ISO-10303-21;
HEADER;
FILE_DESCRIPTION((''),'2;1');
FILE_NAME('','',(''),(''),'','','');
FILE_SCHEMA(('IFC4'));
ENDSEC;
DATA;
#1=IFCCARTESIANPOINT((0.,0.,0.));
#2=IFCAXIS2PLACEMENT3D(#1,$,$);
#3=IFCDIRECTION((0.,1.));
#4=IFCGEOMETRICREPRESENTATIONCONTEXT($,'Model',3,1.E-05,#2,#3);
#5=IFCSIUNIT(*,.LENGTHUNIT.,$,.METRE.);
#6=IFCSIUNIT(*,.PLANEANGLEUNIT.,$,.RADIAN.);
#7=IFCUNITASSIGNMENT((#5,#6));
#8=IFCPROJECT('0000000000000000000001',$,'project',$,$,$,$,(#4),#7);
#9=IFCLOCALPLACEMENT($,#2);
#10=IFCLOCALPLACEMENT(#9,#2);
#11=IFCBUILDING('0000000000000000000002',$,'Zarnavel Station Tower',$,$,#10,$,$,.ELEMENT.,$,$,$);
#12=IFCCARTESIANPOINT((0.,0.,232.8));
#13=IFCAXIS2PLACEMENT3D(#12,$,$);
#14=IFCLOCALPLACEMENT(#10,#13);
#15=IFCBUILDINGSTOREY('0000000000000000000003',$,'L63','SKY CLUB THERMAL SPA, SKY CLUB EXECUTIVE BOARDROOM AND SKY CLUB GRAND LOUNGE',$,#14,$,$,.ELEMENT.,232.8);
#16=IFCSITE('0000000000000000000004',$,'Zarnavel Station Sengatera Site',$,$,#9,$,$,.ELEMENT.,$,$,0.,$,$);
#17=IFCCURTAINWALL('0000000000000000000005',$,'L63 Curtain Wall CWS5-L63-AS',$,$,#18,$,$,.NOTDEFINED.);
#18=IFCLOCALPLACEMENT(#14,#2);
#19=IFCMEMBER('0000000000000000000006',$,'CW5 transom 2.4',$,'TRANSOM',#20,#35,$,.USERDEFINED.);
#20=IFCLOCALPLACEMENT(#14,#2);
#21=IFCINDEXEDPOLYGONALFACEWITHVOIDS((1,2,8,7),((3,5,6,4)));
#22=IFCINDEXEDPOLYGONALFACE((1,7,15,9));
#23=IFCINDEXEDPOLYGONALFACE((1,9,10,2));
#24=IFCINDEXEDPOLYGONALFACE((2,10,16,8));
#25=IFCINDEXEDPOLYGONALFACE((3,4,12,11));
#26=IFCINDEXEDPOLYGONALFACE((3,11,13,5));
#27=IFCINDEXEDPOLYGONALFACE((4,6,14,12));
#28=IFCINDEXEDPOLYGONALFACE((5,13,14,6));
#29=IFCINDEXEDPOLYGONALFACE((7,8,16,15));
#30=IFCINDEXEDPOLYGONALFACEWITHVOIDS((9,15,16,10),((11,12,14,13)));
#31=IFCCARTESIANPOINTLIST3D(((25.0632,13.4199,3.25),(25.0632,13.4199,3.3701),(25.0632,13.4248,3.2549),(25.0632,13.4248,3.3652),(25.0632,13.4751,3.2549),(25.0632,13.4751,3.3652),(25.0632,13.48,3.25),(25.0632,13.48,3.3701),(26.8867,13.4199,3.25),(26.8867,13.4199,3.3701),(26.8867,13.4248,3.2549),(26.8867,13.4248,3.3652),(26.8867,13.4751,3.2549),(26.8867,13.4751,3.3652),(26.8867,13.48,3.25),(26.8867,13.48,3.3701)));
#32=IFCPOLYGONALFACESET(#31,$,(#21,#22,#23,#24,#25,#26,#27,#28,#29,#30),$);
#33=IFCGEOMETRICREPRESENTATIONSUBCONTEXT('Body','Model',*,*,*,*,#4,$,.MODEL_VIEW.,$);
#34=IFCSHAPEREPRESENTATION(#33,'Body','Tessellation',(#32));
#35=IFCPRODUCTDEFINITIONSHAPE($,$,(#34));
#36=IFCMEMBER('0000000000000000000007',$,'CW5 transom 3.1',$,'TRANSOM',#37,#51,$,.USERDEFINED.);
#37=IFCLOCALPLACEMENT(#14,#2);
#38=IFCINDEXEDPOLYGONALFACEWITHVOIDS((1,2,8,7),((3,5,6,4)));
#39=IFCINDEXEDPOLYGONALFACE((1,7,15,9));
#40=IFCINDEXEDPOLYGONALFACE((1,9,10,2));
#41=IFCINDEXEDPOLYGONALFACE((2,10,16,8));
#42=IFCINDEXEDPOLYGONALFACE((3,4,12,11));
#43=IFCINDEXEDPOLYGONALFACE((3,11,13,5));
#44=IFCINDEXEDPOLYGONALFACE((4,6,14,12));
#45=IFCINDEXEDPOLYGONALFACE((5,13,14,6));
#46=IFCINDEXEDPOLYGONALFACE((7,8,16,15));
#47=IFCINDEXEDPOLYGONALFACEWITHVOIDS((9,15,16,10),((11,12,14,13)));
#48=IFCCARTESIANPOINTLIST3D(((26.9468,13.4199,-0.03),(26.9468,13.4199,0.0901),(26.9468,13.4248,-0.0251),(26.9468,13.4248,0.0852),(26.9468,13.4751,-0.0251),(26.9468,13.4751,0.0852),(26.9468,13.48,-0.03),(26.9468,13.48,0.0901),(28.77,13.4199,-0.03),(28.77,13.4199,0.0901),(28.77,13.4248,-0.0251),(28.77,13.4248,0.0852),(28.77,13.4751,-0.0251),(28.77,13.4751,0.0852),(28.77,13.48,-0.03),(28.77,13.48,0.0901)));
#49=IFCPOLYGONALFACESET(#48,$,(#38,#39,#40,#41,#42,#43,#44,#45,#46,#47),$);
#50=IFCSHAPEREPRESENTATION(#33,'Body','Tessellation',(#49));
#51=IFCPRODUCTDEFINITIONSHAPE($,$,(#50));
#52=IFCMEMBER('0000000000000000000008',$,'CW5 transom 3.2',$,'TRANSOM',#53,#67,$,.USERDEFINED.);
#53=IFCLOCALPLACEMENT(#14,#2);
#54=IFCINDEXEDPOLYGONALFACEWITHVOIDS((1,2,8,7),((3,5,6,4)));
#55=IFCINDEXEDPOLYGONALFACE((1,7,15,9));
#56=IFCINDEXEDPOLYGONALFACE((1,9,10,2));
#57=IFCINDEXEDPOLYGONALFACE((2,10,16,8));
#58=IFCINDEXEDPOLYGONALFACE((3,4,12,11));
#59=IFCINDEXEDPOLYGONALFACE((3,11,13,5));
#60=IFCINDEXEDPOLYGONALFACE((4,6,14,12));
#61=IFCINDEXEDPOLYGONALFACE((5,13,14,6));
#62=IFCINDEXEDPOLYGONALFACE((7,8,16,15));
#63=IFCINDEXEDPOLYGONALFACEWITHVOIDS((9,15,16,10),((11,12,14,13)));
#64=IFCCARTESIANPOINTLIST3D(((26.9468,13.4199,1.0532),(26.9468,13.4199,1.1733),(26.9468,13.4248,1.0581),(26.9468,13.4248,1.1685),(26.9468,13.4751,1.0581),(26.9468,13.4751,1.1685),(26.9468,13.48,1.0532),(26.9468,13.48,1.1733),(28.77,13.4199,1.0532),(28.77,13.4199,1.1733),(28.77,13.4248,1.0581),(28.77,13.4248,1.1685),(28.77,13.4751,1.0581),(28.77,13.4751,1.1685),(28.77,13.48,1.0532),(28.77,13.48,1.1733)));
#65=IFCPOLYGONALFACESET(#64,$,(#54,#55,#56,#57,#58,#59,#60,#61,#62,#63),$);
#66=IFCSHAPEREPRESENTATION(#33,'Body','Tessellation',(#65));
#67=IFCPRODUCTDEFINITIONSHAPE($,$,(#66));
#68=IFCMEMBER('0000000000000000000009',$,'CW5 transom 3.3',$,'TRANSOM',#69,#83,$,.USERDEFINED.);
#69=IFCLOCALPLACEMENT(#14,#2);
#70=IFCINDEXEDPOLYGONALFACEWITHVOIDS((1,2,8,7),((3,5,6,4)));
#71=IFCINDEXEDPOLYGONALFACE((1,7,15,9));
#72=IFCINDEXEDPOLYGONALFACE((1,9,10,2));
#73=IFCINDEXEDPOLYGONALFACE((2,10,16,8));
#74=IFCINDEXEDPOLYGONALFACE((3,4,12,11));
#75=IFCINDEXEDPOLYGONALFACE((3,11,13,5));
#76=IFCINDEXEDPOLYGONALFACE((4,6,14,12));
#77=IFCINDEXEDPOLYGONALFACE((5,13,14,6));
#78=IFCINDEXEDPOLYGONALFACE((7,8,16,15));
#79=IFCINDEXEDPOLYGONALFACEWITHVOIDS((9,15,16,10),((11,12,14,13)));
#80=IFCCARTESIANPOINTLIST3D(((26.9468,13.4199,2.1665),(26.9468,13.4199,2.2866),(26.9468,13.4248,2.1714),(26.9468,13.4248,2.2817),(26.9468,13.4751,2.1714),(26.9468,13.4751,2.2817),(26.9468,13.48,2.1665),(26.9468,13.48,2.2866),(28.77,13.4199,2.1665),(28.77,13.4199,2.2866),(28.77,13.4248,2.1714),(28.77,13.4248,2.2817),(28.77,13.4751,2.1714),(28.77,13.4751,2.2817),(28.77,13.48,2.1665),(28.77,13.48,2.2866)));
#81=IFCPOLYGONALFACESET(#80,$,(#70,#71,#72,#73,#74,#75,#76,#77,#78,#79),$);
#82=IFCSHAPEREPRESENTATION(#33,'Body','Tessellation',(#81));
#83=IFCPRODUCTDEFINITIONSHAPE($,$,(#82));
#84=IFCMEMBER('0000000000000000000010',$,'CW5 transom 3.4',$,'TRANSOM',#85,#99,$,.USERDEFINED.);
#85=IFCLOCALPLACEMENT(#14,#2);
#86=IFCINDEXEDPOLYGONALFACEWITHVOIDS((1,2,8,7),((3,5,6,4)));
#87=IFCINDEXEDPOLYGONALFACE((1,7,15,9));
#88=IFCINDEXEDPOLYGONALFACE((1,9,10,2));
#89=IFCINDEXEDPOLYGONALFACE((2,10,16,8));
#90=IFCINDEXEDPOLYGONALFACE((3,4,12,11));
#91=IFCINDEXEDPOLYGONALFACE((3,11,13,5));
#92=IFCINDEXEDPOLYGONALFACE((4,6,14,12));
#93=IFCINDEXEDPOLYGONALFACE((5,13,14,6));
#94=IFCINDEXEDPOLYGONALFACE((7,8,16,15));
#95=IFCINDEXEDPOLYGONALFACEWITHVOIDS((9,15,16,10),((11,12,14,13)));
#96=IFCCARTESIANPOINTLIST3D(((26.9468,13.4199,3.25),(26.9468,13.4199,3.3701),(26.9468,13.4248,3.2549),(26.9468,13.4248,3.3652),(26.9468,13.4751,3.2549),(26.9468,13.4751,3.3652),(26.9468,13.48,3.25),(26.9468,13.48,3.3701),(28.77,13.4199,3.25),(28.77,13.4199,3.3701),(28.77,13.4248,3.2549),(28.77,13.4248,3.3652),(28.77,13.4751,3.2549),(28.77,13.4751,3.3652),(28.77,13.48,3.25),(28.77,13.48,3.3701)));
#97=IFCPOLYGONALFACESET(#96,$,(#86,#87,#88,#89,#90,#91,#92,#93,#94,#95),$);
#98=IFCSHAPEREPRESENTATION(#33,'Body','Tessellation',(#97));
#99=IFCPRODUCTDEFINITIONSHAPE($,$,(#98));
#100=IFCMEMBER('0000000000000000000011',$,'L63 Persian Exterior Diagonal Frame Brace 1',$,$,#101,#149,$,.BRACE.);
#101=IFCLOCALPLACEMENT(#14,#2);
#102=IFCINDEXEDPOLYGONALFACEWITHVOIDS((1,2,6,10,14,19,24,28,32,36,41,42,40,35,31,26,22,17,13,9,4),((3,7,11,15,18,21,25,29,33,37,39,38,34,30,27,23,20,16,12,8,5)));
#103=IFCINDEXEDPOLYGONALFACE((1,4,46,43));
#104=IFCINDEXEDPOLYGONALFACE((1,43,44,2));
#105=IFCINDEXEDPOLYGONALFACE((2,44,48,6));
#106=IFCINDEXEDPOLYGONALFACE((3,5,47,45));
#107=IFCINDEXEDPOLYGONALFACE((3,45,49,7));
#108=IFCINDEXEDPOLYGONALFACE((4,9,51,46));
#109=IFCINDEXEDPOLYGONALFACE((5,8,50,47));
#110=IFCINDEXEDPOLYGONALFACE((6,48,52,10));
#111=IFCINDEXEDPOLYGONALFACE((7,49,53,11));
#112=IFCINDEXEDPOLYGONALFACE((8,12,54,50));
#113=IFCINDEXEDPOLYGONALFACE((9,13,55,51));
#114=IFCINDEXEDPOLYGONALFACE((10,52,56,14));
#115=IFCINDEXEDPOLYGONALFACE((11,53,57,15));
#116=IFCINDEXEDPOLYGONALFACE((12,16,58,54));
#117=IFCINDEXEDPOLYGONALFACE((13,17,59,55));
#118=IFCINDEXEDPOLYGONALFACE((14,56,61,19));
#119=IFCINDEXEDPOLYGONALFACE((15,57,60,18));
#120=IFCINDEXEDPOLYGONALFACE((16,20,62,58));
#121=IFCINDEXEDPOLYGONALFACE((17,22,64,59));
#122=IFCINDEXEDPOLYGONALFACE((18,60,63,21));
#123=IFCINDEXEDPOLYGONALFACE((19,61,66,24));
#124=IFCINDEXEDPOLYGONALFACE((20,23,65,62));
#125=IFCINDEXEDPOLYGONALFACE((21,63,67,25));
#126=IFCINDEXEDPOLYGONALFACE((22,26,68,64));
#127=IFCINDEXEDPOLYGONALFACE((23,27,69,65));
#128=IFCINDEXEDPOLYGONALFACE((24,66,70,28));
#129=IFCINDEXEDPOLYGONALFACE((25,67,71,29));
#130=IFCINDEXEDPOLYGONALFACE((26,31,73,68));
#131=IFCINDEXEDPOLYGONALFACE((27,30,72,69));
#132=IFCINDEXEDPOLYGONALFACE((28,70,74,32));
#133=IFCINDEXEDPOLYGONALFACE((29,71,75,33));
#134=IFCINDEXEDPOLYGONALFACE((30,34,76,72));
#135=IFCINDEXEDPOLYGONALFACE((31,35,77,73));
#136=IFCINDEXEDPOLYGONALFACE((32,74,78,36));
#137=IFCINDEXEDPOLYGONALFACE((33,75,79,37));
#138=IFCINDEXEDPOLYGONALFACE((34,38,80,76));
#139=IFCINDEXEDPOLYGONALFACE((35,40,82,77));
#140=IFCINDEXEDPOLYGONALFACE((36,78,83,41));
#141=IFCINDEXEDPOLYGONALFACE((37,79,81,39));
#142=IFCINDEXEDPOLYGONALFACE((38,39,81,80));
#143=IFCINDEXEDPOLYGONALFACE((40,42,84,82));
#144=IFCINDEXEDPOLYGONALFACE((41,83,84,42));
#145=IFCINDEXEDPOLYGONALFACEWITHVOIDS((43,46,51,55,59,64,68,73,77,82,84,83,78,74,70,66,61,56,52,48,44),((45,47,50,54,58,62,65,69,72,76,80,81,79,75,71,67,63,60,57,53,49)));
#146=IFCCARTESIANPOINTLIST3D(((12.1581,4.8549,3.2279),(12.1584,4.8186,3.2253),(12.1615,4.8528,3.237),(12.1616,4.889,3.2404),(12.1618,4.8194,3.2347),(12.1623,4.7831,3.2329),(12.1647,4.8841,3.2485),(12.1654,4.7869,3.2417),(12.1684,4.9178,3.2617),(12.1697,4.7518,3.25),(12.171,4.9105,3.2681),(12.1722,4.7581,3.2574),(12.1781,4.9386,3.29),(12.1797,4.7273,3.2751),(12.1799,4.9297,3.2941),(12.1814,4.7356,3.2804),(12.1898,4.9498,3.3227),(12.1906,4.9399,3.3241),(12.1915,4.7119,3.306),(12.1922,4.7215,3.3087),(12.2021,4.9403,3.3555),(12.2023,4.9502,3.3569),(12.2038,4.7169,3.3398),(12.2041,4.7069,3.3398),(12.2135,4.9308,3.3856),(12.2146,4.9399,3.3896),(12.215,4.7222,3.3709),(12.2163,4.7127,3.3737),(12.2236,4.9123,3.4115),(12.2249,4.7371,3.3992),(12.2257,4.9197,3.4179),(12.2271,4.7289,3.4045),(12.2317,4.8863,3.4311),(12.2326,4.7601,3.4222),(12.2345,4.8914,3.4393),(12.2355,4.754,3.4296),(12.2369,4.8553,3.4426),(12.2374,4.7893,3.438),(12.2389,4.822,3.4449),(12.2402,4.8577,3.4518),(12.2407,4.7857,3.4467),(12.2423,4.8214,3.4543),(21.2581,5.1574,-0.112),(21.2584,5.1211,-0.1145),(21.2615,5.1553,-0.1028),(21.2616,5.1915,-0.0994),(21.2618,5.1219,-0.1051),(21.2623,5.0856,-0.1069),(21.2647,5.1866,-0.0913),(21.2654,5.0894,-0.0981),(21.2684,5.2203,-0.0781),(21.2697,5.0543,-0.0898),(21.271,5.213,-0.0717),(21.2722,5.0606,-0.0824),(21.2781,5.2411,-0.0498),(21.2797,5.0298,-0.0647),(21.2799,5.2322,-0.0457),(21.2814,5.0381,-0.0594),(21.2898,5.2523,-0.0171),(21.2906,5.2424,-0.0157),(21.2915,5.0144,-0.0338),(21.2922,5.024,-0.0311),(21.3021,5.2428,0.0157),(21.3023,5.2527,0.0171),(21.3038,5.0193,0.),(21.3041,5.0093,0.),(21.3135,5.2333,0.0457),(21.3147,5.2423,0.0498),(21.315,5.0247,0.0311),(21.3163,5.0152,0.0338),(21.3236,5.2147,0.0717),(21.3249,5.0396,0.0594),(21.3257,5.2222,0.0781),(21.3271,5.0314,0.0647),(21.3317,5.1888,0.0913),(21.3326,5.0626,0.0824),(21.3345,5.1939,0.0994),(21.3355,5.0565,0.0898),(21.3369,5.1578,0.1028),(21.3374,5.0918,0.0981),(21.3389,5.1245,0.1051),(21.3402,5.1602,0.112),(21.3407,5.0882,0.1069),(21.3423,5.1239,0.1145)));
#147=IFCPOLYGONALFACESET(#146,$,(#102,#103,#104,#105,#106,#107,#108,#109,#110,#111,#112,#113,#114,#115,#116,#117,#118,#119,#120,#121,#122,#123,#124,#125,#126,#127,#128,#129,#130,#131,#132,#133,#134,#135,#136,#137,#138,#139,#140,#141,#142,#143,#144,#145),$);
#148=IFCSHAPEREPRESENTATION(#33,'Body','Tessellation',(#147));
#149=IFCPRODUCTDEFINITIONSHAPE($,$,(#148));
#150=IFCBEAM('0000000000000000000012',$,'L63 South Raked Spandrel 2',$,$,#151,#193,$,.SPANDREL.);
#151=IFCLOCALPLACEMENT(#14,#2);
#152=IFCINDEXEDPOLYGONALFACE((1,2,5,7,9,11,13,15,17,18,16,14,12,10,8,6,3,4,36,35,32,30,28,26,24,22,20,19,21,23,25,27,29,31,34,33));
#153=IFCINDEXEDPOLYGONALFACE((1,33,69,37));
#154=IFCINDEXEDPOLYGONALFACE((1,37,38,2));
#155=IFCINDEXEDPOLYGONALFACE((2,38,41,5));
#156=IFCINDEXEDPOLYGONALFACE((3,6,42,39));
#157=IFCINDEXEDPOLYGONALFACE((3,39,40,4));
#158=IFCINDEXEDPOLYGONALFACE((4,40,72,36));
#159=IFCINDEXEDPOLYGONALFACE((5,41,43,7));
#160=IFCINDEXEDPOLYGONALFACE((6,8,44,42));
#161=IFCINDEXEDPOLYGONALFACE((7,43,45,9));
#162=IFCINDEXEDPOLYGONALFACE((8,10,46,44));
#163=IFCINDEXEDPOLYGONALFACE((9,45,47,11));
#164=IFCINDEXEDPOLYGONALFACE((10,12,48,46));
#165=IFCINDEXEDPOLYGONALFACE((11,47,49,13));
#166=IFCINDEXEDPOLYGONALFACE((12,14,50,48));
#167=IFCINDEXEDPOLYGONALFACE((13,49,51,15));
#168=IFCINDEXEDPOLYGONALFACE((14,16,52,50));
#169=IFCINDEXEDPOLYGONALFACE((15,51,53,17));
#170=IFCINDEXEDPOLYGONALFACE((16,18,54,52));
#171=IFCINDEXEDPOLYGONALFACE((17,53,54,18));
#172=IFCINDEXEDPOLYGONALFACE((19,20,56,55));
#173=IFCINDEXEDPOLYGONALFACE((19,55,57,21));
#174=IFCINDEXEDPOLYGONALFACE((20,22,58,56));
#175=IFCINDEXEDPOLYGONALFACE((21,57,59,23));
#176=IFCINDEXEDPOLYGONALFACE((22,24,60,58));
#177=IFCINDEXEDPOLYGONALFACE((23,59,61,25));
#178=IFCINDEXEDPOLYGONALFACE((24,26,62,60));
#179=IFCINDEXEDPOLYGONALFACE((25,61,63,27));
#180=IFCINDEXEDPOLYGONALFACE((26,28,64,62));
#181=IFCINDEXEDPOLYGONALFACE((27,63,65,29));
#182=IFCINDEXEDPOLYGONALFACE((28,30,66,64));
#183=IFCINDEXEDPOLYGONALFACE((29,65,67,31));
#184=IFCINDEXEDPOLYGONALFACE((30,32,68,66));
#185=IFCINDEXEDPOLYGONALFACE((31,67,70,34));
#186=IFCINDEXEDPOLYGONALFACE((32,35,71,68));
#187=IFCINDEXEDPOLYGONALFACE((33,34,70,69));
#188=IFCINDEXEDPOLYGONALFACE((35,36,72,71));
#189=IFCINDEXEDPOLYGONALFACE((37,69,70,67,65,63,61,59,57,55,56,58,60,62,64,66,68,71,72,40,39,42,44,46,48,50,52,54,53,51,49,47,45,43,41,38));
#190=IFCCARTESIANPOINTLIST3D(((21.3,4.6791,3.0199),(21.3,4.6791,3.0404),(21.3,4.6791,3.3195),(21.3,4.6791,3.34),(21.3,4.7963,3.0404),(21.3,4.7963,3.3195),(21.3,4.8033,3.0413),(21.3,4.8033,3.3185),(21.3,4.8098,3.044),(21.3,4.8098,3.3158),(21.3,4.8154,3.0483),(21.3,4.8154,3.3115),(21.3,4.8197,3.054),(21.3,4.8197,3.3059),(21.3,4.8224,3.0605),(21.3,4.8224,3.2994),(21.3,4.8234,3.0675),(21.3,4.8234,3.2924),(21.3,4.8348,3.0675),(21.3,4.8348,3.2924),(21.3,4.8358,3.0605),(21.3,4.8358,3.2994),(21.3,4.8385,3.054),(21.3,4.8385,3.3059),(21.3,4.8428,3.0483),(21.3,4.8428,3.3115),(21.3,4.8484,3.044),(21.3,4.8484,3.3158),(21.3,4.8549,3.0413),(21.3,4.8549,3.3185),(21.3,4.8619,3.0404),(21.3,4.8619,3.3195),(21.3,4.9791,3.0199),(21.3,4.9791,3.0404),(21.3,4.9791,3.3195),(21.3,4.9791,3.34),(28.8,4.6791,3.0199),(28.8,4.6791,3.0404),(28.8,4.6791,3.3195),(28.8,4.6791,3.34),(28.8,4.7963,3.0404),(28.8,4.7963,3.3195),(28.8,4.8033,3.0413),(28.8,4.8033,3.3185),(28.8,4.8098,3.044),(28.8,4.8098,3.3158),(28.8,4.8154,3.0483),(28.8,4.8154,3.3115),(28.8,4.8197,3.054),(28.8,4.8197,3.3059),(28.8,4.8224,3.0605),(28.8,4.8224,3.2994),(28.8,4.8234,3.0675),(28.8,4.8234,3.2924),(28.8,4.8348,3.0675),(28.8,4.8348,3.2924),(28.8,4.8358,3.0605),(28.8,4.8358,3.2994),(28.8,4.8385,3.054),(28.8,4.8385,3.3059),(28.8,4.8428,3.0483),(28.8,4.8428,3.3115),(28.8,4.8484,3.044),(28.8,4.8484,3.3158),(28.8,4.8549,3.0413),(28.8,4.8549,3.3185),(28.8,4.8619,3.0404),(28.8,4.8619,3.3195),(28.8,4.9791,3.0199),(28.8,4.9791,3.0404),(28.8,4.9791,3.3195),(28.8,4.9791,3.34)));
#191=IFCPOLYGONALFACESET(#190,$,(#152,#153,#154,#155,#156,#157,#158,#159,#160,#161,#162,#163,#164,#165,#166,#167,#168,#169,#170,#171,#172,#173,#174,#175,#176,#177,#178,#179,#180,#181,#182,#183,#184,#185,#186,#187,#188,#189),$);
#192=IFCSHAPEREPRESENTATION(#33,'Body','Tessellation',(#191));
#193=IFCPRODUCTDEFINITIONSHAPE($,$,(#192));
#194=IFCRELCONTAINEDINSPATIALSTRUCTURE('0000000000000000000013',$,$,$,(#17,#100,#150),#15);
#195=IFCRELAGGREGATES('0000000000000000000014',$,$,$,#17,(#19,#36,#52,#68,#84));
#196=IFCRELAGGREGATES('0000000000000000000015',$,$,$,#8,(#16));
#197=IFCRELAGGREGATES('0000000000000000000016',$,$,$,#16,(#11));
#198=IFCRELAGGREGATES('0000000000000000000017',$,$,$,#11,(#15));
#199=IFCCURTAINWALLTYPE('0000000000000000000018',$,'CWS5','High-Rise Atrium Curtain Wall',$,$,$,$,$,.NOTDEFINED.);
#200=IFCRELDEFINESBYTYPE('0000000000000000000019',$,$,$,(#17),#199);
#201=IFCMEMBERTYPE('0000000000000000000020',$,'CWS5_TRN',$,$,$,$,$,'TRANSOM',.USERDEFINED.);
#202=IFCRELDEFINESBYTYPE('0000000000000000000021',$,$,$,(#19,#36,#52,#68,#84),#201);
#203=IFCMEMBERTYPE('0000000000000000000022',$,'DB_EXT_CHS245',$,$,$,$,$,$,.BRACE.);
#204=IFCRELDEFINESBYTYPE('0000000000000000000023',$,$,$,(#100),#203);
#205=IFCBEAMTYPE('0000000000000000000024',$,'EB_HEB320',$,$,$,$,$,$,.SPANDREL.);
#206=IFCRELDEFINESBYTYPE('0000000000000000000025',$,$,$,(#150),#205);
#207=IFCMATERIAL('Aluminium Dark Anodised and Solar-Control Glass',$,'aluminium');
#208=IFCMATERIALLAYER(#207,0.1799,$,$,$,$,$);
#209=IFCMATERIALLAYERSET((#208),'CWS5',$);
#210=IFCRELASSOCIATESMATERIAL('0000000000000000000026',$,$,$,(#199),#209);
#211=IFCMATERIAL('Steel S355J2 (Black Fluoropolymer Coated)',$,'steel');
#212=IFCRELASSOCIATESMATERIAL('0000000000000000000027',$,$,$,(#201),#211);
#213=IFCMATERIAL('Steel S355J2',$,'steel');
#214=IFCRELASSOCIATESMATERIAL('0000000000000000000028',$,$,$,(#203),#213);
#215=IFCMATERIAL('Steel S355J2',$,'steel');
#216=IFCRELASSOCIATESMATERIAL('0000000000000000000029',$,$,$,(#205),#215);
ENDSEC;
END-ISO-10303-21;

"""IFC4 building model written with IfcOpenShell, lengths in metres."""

from ifc_helpers import new_model, si_unit, direction, frame, origin, origin_2d, place, context, subcontext, project, spatial, hollow_rectangle, hollow_circle, i_section, extrude, material, layer, layer_set, material_profile, profile_set, type_object, element, aggregate, save


model = new_model("IFC4")

# Units and contexts
model_context = context("Model", 3, precision=1e-05, world=origin(), true_north=direction((0.0, 1.0)))
body_context = subcontext(model_context, "Body", "Model", "MODEL_VIEW")
ifc_project = project(units=[si_unit("LENGTHUNIT", "METRE"), si_unit("PLANEANGLEUNIT", "RADIAN")], contexts=[model_context])

# Site, building, storey
site_placement = place(None, origin())
site = spatial("IfcSite", under=ifc_project, at=site_placement, Name="Zarnavel Station Sengatera Site", CompositionType="ELEMENT", RefElevation=0.0)
building_placement = place(site_placement, origin())
building = spatial("IfcBuilding", under=site, at=building_placement, Name="Zarnavel Station Tower", CompositionType="ELEMENT")
storey_placement = place(building_placement, frame((0.0, 0.0, 232.8)))
storey = spatial("IfcBuildingStorey", under=building, at=storey_placement, Name="L63", Description="SKY CLUB THERMAL SPA, SKY CLUB EXECUTIVE BOARDROOM AND SKY CLUB GRAND LOUNGE", CompositionType="ELEMENT", Elevation=232.8)

# Curtain wall, members
ifc_material_1 = material(Name="Aluminium Dark Anodised and Solar-Control Glass", Category="aluminium")
ifc_layer_1 = layer(ifc_material_1, 0.1799)
ifc_layer_set_1 = layer_set([ifc_layer_1], Name="CWS5")
curtain_wall_type = type_object("IfcCurtainWallType", Name="CWS5", Description="High-Rise Atrium Curtain Wall", PredefinedType="NOTDEFINED", material=ifc_layer_set_1)
curtain_wall_placement = place(storey_placement, origin())
curtain_wall = element("IfcCurtainWall", 1, at=curtain_wall_placement, inside=storey, type_object=curtain_wall_type, Name="L63 Curtain Wall CWS5-L63-AS", PredefinedType="NOTDEFINED")
ifc_material_2 = material(Name="Steel S355J2 (Black Fluoropolymer Coated)", Category="steel")
ifc_material_profile_1 = material_profile(ifc_material_2, hollow_rectangle(XDim=0.0601, YDim=0.1201, WallThickness=0.0049, at=origin_2d()), Name="RHS120x60x5")
ifc_profile_set_1 = profile_set([ifc_material_profile_1], Name="Steel S355J2 (Black Fluoropolymer Coated)")
member_type_1 = type_object("IfcMemberType", Name="CWS5_TRN", ElementType="TRANSOM", PredefinedType="USERDEFINED", material=ifc_profile_set_1)
member_1_placement = place(storey_placement, frame((25.0632, 13.45, 3.3101), z_axis=(1.0, 0.0, 0.0), x_axis=(0.0, 1.0, 0.0)))
member_1 = element("IfcMember", 2, at=member_1_placement, type_object=member_type_1, Name="CW5 transom 2.4", ObjectType="TRANSOM", PredefinedType="USERDEFINED", context=body_context, shape_type="SweptSolid", body=[
    extrude(hollow_rectangle(XDim=0.0601, YDim=0.1201, WallThickness=0.0049, at=origin_2d()), origin(), (0.0, 0.0, 1.0), 1.8235),
])
member_2_placement = place(storey_placement, frame((26.9468, 13.45, 0.03), z_axis=(1.0, 0.0, 0.0), x_axis=(0.0, 1.0, 0.0)))
member_2 = element("IfcMember", 3, at=member_2_placement, type_object=member_type_1, Name="CW5 transom 3.1", ObjectType="TRANSOM", PredefinedType="USERDEFINED", context=body_context, shape_type="SweptSolid", body=[
    extrude(hollow_rectangle(XDim=0.0601, YDim=0.1201, WallThickness=0.0049, at=origin_2d()), origin(), (0.0, 0.0, 1.0), 1.8232),
])
member_3_placement = place(storey_placement, frame((26.9468, 13.45, 1.1133), z_axis=(1.0, 0.0, 0.0), x_axis=(0.0, 1.0, 0.0)))
member_3 = element("IfcMember", 4, at=member_3_placement, type_object=member_type_1, Name="CW5 transom 3.2", ObjectType="TRANSOM", PredefinedType="USERDEFINED", context=body_context, shape_type="SweptSolid", body=[
    extrude(hollow_rectangle(XDim=0.0601, YDim=0.1201, WallThickness=0.0049, at=origin_2d()), origin(), (0.0, 0.0, 1.0), 1.8232),
])
member_4_placement = place(storey_placement, frame((26.9468, 13.45, 2.2266), z_axis=(1.0, 0.0, 0.0), x_axis=(0.0, 1.0, 0.0)))
member_4 = element("IfcMember", 5, at=member_4_placement, type_object=member_type_1, Name="CW5 transom 3.3", ObjectType="TRANSOM", PredefinedType="USERDEFINED", context=body_context, shape_type="SweptSolid", body=[
    extrude(hollow_rectangle(XDim=0.0601, YDim=0.1201, WallThickness=0.0049, at=origin_2d()), origin(), (0.0, 0.0, 1.0), 1.8232),
])
member_5_placement = place(storey_placement, frame((26.9468, 13.45, 3.3101), z_axis=(1.0, 0.0, 0.0), x_axis=(0.0, 1.0, 0.0)))
member_5 = element("IfcMember", 6, at=member_5_placement, type_object=member_type_1, Name="CW5 transom 3.4", ObjectType="TRANSOM", PredefinedType="USERDEFINED", context=body_context, shape_type="SweptSolid", body=[
    extrude(hollow_rectangle(XDim=0.0601, YDim=0.1201, WallThickness=0.0049, at=origin_2d()), origin(), (0.0, 0.0, 1.0), 1.8232),
])

# Member
ifc_material_3 = material(Name="Steel S355J2", Category="steel")
ifc_material_profile_2 = material_profile(ifc_material_3, hollow_circle(Radius=0.1223, WallThickness=0.01, at=origin_2d()), Name="CHS244.5x10")
ifc_profile_set_2 = profile_set([ifc_material_profile_2], Name="Steel S355J2")
member_type_2 = type_object("IfcMemberType", Name="DB_EXT_CHS245", PredefinedType="BRACE", material=ifc_profile_set_2)
member_6_placement = place(storey_placement, frame((21.3, 5.1316, 0.0), z_axis=(-0.938315, -0.03119, 0.344373), x_axis=(0.033222, -0.999448, 0.0)))
element("IfcMember", 7, at=member_6_placement, inside=storey, type_object=member_type_2, Name="L63 Persian Exterior Diagonal Frame Brace 1", PredefinedType="BRACE", context=body_context, shape_type="SweptSolid", body=[
    extrude(hollow_circle(Radius=0.1223, WallThickness=0.01, at=origin_2d()), origin(), (0.0, 0.0, 1.0), 9.6982),
])

# Beam
ifc_material_4 = material(Name="Steel S355J2", Category="steel")
ifc_material_profile_3 = material_profile(ifc_material_4, i_section(OverallWidth=0.3, OverallDepth=0.3201, WebThickness=0.0115, FlangeThickness=0.0205, FilletRadius=0.0271, at=origin_2d()), Name="HEB320")
ifc_profile_set_3 = profile_set([ifc_material_profile_3], Name="Steel S355J2")
beam_type_1 = type_object("IfcBeamType", Name="EB_HEB320", PredefinedType="SPANDREL", material=ifc_profile_set_3)
beam_1_placement = place(storey_placement, frame((21.3, 4.8291, 3.1799), z_axis=(1.0, 0.0, 0.0), x_axis=(0.0, 1.0, 0.0)))
element("IfcBeam", 8, at=beam_1_placement, inside=storey, type_object=beam_type_1, Name="L63 South Raked Spandrel 2", PredefinedType="SPANDREL", context=body_context, shape_type="SweptSolid", body=[
    extrude(i_section(OverallWidth=0.3, OverallDepth=0.3201, WebThickness=0.0115, FlangeThickness=0.0205, FilletRadius=0.0271, at=origin_2d()), origin(), (0.0, 0.0, 1.0), 7.5),
])

aggregate(curtain_wall, [member_1, member_2, member_3, member_4, member_5])

save(model, "model.ifc")
